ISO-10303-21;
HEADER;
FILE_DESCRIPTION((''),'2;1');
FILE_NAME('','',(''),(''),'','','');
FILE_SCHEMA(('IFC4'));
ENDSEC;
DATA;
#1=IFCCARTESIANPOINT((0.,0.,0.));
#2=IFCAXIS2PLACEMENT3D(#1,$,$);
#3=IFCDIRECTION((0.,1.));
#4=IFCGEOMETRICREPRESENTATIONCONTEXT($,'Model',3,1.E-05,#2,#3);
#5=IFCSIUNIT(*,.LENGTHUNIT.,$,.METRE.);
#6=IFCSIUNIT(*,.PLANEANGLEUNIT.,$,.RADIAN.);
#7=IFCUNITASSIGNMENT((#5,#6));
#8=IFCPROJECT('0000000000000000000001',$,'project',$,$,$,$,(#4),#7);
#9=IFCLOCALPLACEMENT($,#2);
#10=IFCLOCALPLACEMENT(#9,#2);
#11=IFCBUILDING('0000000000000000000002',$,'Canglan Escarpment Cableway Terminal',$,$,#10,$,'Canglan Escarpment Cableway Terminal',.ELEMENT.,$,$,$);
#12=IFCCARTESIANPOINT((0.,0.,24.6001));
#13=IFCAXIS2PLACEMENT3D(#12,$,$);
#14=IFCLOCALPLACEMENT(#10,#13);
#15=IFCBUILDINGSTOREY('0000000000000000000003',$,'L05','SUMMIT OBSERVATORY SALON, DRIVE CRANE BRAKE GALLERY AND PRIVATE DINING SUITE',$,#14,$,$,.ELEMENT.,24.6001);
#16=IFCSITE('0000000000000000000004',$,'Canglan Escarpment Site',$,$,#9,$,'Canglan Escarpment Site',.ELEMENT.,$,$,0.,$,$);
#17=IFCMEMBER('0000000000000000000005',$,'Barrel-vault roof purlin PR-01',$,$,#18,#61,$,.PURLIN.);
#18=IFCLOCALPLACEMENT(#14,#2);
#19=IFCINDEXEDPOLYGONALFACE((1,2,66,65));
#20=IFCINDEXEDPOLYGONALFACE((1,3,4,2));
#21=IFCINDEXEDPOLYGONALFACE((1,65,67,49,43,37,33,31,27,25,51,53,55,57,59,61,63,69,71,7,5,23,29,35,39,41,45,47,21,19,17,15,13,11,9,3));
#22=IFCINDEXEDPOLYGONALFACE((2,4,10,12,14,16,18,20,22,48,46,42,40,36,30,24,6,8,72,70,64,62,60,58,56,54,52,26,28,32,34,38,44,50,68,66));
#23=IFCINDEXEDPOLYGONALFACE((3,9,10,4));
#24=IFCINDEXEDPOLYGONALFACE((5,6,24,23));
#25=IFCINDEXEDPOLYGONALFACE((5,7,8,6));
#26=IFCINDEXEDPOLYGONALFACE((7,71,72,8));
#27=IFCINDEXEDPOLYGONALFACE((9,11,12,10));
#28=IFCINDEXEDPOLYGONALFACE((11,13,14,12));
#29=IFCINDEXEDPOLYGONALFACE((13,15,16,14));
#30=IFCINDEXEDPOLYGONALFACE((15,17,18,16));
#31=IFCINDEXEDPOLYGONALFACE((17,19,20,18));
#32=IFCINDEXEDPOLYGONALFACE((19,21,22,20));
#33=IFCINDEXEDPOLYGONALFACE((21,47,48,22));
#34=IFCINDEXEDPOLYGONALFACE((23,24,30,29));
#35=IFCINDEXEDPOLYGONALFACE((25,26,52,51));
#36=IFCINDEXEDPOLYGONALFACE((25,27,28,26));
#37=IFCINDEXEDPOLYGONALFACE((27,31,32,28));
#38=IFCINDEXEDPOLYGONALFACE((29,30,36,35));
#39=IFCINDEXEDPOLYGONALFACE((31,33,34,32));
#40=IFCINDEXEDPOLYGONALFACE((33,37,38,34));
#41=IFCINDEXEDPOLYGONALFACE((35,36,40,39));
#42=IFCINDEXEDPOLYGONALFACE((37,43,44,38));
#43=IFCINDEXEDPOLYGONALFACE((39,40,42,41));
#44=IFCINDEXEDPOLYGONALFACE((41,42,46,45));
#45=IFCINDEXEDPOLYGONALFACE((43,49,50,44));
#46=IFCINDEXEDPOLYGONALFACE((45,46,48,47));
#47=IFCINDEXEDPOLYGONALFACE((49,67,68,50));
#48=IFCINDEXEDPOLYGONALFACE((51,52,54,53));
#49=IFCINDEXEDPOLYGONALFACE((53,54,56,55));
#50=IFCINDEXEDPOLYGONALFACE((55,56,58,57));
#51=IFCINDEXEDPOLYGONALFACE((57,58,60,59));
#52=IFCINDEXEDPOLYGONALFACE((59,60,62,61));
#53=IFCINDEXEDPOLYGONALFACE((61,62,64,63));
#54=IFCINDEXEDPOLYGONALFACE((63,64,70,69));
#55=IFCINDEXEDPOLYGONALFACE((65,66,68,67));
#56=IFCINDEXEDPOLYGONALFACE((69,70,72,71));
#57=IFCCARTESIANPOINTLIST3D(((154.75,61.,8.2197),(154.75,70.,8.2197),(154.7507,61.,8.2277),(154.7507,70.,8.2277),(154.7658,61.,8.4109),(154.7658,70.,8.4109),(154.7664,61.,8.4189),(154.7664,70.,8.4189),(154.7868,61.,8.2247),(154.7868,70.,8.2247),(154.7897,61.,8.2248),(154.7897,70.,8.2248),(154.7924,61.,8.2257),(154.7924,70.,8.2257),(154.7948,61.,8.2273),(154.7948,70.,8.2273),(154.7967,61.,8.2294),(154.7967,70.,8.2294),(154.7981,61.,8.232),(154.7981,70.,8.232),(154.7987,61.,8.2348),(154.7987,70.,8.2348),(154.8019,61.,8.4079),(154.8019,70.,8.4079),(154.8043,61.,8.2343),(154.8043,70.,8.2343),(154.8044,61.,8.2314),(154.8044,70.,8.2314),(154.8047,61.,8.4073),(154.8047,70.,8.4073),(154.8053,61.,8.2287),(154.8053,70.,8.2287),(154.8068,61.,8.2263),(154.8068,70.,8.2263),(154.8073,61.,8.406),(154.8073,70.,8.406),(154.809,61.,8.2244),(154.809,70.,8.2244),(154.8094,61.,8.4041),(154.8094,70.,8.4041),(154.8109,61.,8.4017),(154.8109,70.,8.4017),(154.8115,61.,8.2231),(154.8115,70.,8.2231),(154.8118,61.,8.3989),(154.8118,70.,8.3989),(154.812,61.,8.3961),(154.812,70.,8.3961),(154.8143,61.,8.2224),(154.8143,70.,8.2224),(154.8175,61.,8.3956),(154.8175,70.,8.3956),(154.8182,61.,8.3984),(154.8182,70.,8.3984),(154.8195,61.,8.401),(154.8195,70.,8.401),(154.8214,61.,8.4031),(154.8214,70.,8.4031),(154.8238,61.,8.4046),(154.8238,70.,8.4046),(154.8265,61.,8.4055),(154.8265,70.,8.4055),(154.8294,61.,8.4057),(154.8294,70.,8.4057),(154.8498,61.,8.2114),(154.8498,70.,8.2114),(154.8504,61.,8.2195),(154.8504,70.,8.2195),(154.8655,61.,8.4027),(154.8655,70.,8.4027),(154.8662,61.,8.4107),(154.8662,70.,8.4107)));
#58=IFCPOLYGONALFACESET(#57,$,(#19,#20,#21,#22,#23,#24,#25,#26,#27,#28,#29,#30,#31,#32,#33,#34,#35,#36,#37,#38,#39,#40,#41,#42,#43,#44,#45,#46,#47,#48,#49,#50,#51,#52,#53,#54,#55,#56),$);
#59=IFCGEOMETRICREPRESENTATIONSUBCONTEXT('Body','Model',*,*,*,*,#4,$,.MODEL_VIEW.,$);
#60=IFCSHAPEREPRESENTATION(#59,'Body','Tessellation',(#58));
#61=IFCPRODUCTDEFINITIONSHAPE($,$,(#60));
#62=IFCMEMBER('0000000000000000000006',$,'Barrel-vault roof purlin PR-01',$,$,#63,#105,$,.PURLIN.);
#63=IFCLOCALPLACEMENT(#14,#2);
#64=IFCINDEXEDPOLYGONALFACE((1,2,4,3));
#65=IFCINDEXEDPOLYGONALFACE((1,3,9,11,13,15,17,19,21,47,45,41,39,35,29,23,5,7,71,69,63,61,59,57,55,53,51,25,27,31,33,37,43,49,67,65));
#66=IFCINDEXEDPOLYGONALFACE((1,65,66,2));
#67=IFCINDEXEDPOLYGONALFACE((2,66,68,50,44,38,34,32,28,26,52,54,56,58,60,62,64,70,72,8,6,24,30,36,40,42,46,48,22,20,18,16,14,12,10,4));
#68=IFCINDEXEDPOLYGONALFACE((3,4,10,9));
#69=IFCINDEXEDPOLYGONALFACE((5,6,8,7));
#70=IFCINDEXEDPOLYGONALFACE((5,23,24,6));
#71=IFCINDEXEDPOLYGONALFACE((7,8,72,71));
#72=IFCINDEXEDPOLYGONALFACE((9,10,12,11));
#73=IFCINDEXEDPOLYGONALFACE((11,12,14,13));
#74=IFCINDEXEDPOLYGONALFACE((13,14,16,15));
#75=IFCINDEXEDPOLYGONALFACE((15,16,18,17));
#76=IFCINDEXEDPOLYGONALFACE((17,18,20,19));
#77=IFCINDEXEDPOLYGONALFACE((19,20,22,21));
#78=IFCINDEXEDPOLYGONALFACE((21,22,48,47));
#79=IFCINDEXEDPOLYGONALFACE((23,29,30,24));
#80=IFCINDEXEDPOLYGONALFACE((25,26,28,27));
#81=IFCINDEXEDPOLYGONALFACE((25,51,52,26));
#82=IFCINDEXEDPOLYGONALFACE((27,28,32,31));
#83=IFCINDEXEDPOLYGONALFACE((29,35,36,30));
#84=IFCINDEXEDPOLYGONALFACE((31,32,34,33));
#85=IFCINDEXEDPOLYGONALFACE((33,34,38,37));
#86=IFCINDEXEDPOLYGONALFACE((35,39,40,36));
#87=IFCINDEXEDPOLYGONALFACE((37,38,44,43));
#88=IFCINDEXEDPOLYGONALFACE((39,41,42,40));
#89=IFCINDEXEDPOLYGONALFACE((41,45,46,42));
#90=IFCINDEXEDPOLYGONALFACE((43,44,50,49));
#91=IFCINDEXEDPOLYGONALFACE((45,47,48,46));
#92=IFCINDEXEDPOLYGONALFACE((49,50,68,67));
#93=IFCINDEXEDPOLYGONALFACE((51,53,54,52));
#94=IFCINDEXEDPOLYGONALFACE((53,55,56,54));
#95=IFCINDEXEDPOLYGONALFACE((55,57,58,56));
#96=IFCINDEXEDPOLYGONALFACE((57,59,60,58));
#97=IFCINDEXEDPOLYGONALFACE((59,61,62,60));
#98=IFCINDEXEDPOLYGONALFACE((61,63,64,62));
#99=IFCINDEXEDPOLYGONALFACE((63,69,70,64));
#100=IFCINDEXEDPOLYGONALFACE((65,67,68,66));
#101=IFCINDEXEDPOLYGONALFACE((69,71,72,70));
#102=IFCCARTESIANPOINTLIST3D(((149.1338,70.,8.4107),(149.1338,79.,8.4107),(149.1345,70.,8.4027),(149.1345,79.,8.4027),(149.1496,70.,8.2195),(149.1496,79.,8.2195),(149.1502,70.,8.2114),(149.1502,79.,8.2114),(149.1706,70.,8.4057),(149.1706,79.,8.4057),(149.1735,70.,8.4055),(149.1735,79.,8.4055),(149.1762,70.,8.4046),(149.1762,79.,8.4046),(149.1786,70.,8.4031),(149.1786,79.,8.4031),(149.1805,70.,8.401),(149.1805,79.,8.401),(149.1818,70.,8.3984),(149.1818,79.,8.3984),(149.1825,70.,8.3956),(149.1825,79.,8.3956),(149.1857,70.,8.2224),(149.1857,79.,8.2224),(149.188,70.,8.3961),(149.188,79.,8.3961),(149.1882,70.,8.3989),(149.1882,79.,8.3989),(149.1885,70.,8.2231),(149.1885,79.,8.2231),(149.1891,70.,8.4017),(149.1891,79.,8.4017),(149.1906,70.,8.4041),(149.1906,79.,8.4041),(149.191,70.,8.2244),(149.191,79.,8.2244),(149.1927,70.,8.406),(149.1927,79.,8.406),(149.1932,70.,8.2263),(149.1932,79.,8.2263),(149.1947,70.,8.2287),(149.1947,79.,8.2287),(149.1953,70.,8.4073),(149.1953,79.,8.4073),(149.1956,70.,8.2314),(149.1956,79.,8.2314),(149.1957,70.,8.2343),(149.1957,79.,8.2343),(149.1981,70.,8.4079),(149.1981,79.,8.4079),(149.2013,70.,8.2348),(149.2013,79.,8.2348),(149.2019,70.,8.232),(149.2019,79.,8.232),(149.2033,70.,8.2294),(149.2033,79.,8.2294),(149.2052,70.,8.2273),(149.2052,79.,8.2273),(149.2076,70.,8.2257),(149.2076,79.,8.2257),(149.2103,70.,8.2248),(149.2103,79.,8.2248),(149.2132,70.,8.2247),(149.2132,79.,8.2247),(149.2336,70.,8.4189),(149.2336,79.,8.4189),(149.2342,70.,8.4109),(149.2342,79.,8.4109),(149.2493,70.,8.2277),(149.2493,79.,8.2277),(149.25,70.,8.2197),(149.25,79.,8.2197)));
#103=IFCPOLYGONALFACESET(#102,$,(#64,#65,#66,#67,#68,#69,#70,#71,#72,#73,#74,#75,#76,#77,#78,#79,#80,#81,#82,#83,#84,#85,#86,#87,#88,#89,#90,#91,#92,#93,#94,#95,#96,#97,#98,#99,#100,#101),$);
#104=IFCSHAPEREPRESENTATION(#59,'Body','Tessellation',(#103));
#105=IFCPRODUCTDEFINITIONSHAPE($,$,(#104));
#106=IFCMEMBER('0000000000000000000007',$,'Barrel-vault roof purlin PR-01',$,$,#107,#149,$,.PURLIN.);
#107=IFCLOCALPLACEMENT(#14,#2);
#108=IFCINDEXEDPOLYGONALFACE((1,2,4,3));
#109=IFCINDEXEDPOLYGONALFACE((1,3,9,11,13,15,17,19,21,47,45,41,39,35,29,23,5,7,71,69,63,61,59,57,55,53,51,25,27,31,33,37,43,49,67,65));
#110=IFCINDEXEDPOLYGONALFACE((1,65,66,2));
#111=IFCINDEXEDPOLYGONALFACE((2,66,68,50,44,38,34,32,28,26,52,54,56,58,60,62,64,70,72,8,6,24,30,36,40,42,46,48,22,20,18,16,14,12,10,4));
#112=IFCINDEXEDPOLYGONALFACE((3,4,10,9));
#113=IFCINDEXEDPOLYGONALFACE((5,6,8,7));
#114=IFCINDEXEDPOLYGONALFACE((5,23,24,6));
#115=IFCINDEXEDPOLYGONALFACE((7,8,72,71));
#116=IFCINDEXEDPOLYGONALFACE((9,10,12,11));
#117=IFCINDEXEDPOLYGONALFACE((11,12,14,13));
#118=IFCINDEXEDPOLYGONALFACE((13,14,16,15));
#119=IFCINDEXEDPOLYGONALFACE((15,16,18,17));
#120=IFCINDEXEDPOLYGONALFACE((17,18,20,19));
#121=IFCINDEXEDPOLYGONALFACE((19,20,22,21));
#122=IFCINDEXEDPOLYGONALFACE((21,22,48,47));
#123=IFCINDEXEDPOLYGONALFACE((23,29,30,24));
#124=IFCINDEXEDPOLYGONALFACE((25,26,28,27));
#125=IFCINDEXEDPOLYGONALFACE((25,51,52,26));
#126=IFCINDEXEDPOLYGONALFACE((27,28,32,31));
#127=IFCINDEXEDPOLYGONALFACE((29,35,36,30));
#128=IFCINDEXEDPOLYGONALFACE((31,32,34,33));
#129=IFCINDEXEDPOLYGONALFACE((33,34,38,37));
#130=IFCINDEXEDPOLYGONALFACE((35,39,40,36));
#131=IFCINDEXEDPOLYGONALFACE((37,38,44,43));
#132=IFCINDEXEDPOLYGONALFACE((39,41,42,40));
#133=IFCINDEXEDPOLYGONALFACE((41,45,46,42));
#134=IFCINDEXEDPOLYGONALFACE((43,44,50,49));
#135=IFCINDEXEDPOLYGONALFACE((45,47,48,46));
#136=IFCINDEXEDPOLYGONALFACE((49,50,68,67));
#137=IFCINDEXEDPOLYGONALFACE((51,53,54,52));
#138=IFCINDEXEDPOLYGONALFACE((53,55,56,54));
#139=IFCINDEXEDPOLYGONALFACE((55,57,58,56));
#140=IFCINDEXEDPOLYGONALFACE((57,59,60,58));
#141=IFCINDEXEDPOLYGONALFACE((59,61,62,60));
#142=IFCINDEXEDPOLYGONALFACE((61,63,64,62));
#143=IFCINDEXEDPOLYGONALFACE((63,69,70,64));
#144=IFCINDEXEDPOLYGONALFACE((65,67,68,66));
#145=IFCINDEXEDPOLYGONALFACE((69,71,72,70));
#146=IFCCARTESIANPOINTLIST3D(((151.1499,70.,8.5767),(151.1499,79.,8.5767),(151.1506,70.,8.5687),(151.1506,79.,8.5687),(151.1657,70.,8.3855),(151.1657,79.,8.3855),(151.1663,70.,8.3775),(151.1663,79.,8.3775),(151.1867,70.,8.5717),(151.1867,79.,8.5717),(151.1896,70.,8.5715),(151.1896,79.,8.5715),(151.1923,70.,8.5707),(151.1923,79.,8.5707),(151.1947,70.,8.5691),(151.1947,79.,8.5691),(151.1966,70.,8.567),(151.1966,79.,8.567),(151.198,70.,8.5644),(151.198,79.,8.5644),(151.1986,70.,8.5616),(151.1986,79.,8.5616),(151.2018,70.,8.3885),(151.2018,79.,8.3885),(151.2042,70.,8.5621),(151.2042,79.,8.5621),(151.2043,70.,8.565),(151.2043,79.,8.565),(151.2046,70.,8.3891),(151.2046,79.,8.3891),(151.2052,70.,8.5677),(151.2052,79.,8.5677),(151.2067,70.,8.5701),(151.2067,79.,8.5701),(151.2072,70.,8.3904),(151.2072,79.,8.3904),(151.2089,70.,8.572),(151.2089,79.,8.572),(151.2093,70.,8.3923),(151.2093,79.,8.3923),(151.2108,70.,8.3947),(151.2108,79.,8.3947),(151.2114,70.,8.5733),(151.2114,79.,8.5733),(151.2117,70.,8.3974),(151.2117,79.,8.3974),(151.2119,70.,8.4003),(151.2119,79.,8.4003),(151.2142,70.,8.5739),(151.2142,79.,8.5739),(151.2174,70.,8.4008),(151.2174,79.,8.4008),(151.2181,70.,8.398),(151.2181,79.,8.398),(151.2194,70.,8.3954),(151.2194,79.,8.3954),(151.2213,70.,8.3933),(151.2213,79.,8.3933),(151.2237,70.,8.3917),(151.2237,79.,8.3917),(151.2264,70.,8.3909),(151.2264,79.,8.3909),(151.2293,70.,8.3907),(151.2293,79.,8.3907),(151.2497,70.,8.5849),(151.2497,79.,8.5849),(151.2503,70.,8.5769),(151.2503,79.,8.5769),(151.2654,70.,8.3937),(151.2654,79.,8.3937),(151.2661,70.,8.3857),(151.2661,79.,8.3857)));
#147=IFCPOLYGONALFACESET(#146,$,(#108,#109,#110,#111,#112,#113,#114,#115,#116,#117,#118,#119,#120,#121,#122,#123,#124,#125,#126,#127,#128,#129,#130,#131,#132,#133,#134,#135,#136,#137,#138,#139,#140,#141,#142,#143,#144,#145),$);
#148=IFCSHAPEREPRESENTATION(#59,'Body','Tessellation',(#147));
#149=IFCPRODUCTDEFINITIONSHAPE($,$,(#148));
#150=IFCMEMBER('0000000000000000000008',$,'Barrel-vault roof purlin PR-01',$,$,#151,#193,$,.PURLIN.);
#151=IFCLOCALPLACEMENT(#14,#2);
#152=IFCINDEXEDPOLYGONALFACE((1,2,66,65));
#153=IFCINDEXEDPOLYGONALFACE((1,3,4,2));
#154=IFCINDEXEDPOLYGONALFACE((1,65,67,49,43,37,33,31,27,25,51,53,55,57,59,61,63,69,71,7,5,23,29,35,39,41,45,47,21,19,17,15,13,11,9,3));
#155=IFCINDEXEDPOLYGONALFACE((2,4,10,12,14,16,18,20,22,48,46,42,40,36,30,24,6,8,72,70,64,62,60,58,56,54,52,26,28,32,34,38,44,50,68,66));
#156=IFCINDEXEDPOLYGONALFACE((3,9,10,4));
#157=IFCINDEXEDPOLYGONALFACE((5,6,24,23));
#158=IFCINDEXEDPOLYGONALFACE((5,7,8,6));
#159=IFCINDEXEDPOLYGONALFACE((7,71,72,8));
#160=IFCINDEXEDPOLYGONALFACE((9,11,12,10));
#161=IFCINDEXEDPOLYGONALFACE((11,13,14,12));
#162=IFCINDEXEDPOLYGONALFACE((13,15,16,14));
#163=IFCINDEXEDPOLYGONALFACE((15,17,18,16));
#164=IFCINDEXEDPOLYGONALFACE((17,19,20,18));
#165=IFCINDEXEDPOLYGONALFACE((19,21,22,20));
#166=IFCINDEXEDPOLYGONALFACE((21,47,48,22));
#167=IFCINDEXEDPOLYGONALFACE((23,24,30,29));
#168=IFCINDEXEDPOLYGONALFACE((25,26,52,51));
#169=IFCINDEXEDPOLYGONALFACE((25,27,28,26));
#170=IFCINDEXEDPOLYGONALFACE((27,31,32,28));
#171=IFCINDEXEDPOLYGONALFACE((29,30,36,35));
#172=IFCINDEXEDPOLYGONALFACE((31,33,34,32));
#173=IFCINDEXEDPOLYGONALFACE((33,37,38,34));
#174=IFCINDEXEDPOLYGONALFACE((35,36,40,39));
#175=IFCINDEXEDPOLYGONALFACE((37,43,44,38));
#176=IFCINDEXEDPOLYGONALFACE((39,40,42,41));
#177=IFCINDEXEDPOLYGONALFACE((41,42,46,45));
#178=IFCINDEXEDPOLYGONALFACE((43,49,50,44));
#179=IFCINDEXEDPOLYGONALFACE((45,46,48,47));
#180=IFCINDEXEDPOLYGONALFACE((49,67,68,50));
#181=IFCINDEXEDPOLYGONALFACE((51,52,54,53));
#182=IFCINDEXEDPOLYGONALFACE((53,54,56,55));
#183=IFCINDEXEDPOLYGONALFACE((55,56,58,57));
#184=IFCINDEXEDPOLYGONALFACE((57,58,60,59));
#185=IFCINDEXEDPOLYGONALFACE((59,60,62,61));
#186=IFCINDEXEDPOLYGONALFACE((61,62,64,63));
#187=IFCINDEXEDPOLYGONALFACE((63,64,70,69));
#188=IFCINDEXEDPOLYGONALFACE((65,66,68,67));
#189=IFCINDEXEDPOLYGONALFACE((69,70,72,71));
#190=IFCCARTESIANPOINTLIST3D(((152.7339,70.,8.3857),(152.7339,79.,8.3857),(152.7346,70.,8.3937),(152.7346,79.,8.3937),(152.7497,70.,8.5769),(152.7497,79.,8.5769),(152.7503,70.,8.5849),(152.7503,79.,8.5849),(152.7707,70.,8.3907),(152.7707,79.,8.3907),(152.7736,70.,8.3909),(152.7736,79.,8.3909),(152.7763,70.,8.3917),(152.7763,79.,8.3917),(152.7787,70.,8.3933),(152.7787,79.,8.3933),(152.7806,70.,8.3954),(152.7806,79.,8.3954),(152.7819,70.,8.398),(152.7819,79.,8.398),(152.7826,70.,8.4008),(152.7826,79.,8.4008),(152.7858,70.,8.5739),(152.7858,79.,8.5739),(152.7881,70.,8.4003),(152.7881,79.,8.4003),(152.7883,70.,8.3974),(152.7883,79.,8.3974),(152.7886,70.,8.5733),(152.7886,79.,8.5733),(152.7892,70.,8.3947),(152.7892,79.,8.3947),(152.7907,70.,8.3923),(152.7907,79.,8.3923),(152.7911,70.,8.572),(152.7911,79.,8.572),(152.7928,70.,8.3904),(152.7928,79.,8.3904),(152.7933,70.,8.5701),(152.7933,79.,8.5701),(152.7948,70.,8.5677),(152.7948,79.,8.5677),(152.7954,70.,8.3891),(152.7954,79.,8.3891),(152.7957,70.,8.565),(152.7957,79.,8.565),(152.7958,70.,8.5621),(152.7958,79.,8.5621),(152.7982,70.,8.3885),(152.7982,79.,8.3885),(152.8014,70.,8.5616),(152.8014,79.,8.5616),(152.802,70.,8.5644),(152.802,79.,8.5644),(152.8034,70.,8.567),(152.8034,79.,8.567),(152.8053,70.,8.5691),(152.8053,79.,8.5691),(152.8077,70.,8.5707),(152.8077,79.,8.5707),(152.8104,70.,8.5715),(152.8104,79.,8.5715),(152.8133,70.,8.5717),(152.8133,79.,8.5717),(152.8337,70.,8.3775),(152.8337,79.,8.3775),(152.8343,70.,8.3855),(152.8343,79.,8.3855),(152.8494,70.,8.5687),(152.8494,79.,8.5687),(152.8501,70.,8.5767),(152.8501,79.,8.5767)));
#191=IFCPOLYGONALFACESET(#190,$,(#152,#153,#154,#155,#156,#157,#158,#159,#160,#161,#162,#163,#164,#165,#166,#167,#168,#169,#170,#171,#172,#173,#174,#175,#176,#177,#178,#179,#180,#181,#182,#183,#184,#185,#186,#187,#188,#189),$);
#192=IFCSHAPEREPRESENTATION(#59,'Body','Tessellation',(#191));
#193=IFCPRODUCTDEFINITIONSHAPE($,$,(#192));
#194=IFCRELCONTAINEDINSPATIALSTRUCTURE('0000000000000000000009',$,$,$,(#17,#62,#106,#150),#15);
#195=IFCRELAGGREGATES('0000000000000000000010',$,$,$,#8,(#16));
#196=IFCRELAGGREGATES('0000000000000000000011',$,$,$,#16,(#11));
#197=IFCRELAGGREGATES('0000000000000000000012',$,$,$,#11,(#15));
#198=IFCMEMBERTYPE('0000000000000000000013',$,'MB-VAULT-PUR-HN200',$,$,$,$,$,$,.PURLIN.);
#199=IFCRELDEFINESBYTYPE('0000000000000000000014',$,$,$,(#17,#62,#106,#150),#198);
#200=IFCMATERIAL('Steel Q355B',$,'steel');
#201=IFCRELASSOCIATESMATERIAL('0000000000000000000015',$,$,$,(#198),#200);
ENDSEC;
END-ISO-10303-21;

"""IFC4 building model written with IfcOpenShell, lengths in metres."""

from ifc_helpers import new_model, si_unit, direction, frame, origin, origin_2d, place, context, subcontext, project, spatial, i_section, extrude, material, material_profile, profile_set, type_object, element, save


model = new_model("IFC4")

# Units and contexts
model_context = context("Model", 3, precision=1e-05, world=origin(), true_north=direction((0.0, 1.0)))
body_context = subcontext(model_context, "Body", "Model", "MODEL_VIEW")
ifc_project = project(units=[si_unit("LENGTHUNIT", "METRE"), si_unit("PLANEANGLEUNIT", "RADIAN")], contexts=[model_context])

# Site, building, storey
site_placement = place(None, origin())
site = spatial("IfcSite", under=ifc_project, at=site_placement, Name="Canglan Escarpment Site", LongName="Canglan Escarpment Site", CompositionType="ELEMENT", RefElevation=0.0)
building_placement = place(site_placement, origin())
building = spatial("IfcBuilding", under=site, at=building_placement, Name="Canglan Escarpment Cableway Terminal", LongName="Canglan Escarpment Cableway Terminal", CompositionType="ELEMENT")
storey_placement = place(building_placement, frame((0.0, 0.0, 24.6001)))
storey = spatial("IfcBuildingStorey", under=building, at=storey_placement, Name="L05", Description="SUMMIT OBSERVATORY SALON, DRIVE CRANE BRAKE GALLERY AND PRIVATE DINING SUITE", CompositionType="ELEMENT", Elevation=24.6001)

# Shared definitions
ifc_material = material(Name="Steel Q355B", Category="steel")

# Members
ifc_material_profile_1 = material_profile(ifc_material, i_section(OverallWidth=0.1001, OverallDepth=0.2, WebThickness=0.0056, FlangeThickness=0.0081, FilletRadius=0.011, at=origin_2d()), Name="HN 200x100x5.5x8")
ifc_profile_set_1 = profile_set([ifc_material_profile_1], Name="Steel Q355B")
member_type_1 = type_object("IfcMemberType", Name="MB-VAULT-PUR-HN200", PredefinedType="PURLIN", material=ifc_profile_set_1)
for number, where, z_axis, x_axis, name in (
    (1, (154.8081, 61.0, 8.3152), (0.0, 1.0, 0.0), (-0.996626, 0.0, 0.082078), "Barrel-vault roof purlin PR-01"),
    (2, (149.1919, 70.0, 8.3152), (0.0, 1.0, 0.0), (-0.996626, 0.0, -0.082078), "Barrel-vault roof purlin PR-01"),
    (3, (151.208, 70.0, 8.4812), (0.0, 1.0, 0.0), (-0.996626, 0.0, -0.082078), "Barrel-vault roof purlin PR-01"),
    (4, (152.792, 70.0, 8.4812), (0.0, 1.0, 0.0), (-0.996626, 0.0, 0.082078), "Barrel-vault roof purlin PR-01"),
):
    element("IfcMember", number, at=place(storey_placement, frame(where, z_axis=z_axis, x_axis=x_axis)), inside=storey, type_object=member_type_1, Name=name, PredefinedType="PURLIN", context=body_context, shape_type="SweptSolid", body=[
        extrude(i_section(OverallWidth=0.1001, OverallDepth=0.2, WebThickness=0.0056, FlangeThickness=0.0081, FilletRadius=0.011, at=origin_2d()), origin(), (0.0, 0.0, 1.0), 9.0),
    ])

save(model, "model.ifc")
